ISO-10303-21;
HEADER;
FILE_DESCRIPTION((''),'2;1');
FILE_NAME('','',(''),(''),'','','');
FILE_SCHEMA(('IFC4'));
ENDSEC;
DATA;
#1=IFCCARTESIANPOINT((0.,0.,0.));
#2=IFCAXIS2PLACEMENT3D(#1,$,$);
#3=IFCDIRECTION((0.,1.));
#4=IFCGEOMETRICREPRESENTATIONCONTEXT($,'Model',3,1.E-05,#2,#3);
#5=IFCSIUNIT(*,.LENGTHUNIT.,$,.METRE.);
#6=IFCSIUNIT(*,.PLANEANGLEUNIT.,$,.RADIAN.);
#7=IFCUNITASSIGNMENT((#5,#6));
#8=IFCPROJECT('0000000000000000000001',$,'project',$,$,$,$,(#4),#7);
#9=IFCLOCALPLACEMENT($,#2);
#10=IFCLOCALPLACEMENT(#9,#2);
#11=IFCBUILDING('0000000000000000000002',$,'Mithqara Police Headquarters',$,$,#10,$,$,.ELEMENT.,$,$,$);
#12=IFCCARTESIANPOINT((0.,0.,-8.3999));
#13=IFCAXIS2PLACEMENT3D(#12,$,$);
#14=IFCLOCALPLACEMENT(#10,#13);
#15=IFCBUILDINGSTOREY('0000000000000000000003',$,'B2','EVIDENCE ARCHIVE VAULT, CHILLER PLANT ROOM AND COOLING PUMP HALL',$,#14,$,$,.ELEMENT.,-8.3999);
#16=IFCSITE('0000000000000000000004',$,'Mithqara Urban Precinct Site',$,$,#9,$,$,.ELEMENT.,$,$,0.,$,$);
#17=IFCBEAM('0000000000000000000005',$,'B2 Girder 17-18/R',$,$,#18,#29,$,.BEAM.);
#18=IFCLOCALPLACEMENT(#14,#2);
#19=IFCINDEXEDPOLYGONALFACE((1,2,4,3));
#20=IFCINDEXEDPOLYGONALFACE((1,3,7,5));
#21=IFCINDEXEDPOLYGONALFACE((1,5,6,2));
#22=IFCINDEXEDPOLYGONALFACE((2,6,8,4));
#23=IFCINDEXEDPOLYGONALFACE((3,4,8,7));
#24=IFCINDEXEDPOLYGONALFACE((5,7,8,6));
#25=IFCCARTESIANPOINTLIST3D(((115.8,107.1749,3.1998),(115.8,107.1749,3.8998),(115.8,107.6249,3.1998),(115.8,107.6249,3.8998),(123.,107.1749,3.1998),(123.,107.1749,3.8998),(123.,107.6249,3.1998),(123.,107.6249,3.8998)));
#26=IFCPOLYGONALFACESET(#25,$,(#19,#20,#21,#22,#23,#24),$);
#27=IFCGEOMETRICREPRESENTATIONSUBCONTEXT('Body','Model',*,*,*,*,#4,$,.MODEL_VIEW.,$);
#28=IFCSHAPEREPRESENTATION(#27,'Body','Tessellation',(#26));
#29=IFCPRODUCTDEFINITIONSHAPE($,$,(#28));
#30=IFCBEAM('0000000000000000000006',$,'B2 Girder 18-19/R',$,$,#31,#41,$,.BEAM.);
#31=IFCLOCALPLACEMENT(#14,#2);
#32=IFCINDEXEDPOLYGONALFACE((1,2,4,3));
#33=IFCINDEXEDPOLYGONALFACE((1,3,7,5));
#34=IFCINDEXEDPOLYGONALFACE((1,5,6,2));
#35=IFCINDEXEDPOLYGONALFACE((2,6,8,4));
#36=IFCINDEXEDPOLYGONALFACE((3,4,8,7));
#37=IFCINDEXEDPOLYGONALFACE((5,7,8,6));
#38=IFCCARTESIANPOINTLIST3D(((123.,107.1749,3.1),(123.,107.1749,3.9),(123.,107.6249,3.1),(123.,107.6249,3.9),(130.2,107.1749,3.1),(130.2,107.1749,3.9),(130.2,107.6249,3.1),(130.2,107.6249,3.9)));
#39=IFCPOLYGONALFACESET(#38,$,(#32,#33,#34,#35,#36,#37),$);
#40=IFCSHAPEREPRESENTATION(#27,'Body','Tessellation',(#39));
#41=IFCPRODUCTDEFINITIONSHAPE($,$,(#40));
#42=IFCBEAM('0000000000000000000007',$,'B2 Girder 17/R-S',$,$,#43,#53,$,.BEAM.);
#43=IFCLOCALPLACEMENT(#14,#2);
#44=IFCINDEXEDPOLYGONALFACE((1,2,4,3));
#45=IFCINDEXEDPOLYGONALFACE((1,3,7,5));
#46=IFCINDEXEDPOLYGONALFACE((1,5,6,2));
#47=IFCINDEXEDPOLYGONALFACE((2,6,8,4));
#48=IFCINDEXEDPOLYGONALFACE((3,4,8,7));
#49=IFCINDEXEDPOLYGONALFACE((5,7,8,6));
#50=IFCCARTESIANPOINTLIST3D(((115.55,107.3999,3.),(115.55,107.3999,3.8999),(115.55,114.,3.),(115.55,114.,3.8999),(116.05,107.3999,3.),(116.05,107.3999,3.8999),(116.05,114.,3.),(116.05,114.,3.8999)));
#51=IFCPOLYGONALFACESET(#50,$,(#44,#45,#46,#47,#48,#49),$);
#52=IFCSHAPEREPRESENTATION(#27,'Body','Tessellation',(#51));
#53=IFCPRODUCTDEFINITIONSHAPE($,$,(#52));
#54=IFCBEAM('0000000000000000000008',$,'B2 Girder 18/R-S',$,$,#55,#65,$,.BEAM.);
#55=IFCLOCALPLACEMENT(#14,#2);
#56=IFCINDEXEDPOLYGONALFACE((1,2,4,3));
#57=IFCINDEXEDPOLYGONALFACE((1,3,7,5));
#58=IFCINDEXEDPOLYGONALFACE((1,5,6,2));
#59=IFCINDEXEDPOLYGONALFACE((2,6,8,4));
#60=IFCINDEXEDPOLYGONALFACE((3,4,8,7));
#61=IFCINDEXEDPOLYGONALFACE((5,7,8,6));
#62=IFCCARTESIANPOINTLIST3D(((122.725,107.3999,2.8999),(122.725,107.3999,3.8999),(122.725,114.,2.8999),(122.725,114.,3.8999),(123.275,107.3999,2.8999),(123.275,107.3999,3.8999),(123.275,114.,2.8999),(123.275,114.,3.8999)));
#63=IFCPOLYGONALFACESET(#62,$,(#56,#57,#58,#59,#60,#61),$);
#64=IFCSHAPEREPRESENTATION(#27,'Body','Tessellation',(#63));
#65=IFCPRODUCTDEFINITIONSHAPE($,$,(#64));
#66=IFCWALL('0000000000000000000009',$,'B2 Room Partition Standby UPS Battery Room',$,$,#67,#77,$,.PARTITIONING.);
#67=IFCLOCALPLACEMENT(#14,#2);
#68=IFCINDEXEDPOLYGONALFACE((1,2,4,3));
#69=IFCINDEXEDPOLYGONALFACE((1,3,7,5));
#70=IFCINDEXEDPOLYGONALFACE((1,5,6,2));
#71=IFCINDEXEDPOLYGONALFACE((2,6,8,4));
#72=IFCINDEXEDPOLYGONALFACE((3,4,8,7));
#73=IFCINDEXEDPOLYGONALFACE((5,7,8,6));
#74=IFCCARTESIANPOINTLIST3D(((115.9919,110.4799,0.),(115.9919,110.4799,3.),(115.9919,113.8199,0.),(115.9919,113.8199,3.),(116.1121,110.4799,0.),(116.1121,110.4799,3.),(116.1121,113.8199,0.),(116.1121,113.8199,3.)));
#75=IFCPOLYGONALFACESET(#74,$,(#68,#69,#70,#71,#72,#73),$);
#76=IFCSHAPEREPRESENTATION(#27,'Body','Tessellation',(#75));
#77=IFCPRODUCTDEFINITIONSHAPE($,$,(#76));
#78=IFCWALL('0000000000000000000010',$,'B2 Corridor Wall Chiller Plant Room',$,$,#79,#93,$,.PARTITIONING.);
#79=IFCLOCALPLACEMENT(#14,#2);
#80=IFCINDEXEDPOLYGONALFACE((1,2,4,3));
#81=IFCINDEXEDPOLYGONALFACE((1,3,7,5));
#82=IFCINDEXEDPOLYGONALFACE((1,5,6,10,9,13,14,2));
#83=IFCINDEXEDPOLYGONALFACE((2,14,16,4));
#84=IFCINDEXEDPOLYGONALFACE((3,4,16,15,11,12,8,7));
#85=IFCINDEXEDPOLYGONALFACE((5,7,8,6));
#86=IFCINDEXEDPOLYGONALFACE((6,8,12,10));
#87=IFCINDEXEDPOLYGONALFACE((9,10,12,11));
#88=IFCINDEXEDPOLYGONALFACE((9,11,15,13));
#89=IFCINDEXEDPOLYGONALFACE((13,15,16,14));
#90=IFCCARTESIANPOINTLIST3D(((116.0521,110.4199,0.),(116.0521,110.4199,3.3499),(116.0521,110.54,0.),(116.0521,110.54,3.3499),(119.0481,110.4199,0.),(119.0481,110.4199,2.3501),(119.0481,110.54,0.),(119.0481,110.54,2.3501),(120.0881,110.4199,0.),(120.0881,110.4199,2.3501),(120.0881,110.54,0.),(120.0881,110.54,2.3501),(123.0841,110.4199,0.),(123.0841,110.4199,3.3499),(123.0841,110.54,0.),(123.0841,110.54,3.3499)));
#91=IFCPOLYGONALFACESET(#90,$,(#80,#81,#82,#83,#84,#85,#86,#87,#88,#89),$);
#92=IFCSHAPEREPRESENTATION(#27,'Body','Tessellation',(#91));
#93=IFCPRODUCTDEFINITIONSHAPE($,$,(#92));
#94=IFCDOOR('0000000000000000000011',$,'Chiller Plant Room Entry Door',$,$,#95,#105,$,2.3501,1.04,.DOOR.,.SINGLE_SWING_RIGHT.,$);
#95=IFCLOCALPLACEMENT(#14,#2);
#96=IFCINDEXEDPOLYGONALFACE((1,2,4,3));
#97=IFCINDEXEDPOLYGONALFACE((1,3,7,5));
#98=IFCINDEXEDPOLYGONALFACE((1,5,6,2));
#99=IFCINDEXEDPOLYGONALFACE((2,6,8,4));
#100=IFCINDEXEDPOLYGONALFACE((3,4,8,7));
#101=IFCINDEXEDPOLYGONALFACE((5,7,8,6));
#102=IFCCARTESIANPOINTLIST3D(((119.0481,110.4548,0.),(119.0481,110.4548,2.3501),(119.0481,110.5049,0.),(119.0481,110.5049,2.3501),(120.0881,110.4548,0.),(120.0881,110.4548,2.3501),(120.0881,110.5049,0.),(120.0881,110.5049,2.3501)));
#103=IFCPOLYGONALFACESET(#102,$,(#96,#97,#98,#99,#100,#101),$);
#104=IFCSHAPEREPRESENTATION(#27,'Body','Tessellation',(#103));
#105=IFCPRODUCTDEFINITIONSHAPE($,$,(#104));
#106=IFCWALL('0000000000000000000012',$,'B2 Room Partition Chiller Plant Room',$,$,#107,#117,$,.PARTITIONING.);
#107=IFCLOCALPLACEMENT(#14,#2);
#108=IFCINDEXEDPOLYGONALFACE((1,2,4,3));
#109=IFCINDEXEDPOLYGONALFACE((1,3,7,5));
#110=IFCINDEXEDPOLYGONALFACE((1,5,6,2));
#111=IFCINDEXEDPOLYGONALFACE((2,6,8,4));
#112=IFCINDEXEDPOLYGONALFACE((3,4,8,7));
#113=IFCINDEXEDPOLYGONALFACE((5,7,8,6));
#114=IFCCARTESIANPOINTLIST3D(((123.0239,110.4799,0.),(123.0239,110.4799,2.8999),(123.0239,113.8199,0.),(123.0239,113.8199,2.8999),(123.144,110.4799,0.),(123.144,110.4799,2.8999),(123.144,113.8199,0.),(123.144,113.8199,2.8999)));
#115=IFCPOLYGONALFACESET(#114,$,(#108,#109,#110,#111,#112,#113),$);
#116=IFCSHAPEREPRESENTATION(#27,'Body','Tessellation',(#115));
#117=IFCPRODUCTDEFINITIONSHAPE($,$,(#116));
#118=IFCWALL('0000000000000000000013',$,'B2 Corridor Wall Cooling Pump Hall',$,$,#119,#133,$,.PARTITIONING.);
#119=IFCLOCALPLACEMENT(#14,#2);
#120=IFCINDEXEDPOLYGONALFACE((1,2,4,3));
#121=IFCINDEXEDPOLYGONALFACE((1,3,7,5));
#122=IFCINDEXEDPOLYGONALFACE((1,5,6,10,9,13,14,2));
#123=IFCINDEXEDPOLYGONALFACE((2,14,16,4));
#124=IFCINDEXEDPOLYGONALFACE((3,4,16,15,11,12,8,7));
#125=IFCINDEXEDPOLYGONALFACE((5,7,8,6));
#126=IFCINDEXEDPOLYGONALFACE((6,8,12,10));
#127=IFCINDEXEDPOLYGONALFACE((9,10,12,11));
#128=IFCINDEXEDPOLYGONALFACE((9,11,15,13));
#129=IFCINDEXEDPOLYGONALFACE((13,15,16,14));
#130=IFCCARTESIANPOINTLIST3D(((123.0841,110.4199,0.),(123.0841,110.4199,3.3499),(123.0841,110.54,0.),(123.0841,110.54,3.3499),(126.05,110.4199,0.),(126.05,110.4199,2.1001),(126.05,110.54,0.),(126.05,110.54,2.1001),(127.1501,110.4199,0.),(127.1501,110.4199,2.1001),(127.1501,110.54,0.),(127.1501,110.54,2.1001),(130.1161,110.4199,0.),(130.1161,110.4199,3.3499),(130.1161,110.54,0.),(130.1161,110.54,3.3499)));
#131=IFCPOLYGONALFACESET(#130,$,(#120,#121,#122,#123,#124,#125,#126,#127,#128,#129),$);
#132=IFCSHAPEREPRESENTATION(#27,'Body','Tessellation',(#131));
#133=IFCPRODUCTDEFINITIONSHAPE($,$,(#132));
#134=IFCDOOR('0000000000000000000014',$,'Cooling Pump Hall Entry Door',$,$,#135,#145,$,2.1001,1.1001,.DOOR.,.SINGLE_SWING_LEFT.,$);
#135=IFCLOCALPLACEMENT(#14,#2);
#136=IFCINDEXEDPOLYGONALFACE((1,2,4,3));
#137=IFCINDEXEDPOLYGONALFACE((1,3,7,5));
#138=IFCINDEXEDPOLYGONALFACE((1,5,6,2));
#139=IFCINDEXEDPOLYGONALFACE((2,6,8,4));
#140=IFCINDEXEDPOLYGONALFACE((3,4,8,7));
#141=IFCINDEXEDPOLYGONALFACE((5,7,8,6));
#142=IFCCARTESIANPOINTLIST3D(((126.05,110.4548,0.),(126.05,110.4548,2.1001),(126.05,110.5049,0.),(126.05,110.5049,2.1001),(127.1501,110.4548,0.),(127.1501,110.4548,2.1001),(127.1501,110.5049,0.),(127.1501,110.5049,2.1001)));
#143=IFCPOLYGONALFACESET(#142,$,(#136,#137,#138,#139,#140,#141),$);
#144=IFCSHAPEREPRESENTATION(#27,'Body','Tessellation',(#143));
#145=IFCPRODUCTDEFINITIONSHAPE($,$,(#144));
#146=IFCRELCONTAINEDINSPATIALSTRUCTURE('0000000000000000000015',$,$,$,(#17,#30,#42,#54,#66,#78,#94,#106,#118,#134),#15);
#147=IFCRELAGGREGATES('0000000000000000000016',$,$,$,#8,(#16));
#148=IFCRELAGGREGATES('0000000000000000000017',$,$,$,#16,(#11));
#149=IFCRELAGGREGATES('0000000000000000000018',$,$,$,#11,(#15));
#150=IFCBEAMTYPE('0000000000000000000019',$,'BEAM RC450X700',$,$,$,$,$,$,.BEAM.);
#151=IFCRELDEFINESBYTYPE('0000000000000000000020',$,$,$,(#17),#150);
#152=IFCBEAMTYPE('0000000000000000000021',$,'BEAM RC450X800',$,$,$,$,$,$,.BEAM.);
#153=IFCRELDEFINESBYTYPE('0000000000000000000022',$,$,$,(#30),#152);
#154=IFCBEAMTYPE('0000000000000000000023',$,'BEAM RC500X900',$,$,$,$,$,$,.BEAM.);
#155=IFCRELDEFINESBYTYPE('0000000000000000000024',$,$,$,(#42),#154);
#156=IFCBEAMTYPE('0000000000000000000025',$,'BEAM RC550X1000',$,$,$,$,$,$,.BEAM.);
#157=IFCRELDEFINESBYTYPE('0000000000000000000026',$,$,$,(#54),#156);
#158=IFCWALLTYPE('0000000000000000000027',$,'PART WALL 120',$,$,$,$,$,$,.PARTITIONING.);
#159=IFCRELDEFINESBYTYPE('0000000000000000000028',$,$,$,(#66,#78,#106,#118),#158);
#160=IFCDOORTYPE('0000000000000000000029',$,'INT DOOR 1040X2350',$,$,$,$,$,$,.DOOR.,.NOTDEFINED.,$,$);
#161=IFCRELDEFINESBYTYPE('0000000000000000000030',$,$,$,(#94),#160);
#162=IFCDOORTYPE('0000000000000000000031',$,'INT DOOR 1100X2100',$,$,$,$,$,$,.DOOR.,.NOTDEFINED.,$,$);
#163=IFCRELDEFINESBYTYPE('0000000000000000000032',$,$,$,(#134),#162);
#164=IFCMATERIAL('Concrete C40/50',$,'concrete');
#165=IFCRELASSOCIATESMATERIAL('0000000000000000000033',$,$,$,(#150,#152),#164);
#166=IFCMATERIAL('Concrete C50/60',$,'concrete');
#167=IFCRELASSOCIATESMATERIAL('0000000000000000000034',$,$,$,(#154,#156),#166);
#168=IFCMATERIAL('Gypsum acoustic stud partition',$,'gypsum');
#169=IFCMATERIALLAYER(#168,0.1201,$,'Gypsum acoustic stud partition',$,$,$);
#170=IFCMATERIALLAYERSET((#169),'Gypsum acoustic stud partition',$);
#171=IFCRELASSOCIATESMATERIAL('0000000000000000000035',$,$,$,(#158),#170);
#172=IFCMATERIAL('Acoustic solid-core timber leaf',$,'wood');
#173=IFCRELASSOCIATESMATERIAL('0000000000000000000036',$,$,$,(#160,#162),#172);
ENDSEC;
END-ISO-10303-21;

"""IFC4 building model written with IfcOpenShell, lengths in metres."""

from ifc_helpers import new_model, si_unit, direction, frame, frame_2d, origin, origin_2d, place, context, subcontext, project, spatial, rectangle, extrude, material, layer, layer_set, material_profile, profile_set, type_object, element, fill, save


model = new_model("IFC4")

# Units and contexts
model_context = context("Model", 3, precision=1e-05, world=origin(), true_north=direction((0.0, 1.0)))
body_context = subcontext(model_context, "Body", "Model", "MODEL_VIEW")
ifc_project = project(units=[si_unit("LENGTHUNIT", "METRE"), si_unit("PLANEANGLEUNIT", "RADIAN")], contexts=[model_context])

# Site, building, storey
site_placement = place(None, origin())
site = spatial("IfcSite", under=ifc_project, at=site_placement, Name="Mithqara Urban Precinct Site", CompositionType="ELEMENT", RefElevation=0.0)
building_placement = place(site_placement, origin())
building = spatial("IfcBuilding", under=site, at=building_placement, Name="Mithqara Police Headquarters", CompositionType="ELEMENT")
storey_placement = place(building_placement, frame((0.0, 0.0, -8.3999)))
storey = spatial("IfcBuildingStorey", under=building, at=storey_placement, Name="B2", Description="EVIDENCE ARCHIVE VAULT, CHILLER PLANT ROOM AND COOLING PUMP HALL", CompositionType="ELEMENT", Elevation=-8.3999)

# Shared definitions
ifc_material_1 = material(Name="Concrete C40/50", Category="concrete")

# Shared definitions
ifc_material_2 = material(Name="Concrete C50/60", Category="concrete")

# Beams
ifc_material_profile_1 = material_profile(ifc_material_1, rectangle(XDim=0.45, YDim=0.7, at=origin_2d()), Name="RC 450x700")
ifc_profile_set_1 = profile_set([ifc_material_profile_1], Name="Concrete C40/50")
beam_type_1 = type_object("IfcBeamType", Name="BEAM RC450X700", PredefinedType="BEAM", material=ifc_profile_set_1)
beam_1_placement = place(storey_placement, frame((115.8, 107.3999, 3.5498), z_axis=(1.0, 0.0, 0.0), x_axis=(0.0, 1.0, 0.0)))
element("IfcBeam", 1, at=beam_1_placement, inside=storey, type_object=beam_type_1, Name="B2 Girder 17-18/R", PredefinedType="BEAM", context=body_context, shape_type="SweptSolid", body=[
    extrude(rectangle(XDim=0.45, YDim=0.7, at=origin_2d()), origin(), (0.0, 0.0, 1.0), 7.2),
])
ifc_material_profile_2 = material_profile(ifc_material_1, rectangle(XDim=0.45, YDim=0.8, at=origin_2d()), Name="RC 450x800")
ifc_profile_set_2 = profile_set([ifc_material_profile_2], Name="Concrete C40/50")
beam_type_2 = type_object("IfcBeamType", Name="BEAM RC450X800", PredefinedType="BEAM", material=ifc_profile_set_2)
beam_2_placement = place(storey_placement, frame((123.0, 107.3999, 3.5), z_axis=(1.0, 0.0, 0.0), x_axis=(0.0, 1.0, 0.0)))
element("IfcBeam", 2, at=beam_2_placement, inside=storey, type_object=beam_type_2, Name="B2 Girder 18-19/R", PredefinedType="BEAM", context=body_context, shape_type="SweptSolid", body=[
    extrude(rectangle(XDim=0.45, YDim=0.8, at=origin_2d()), origin(), (0.0, 0.0, 1.0), 7.2),
])
ifc_material_profile_3 = material_profile(ifc_material_2, rectangle(XDim=0.5, YDim=0.8999, at=origin_2d()), Name="RC 500x900")
ifc_profile_set_3 = profile_set([ifc_material_profile_3], Name="Concrete C50/60")
beam_type_3 = type_object("IfcBeamType", Name="BEAM RC500X900", PredefinedType="BEAM", material=ifc_profile_set_3)
beam_3_placement = place(storey_placement, frame((115.8, 107.3999, 3.45), z_axis=(0.0, 1.0, 0.0), x_axis=(-1.0, 0.0, 0.0)))
element("IfcBeam", 3, at=beam_3_placement, inside=storey, type_object=beam_type_3, Name="B2 Girder 17/R-S", PredefinedType="BEAM", context=body_context, shape_type="SweptSolid", body=[
    extrude(rectangle(XDim=0.5, YDim=0.8999, at=origin_2d()), origin(), (0.0, 0.0, 1.0), 6.6001),
])
ifc_material_profile_4 = material_profile(ifc_material_2, rectangle(XDim=0.55, YDim=1.0, at=origin_2d()), Name="RC 550x1000")
ifc_profile_set_4 = profile_set([ifc_material_profile_4], Name="Concrete C50/60")
beam_type_4 = type_object("IfcBeamType", Name="BEAM RC550X1000", PredefinedType="BEAM", material=ifc_profile_set_4)
beam_4_placement = place(storey_placement, frame((123.0, 107.3999, 3.3999), z_axis=(0.0, 1.0, 0.0), x_axis=(-1.0, 0.0, 0.0)))
element("IfcBeam", 4, at=beam_4_placement, inside=storey, type_object=beam_type_4, Name="B2 Girder 18/R-S", PredefinedType="BEAM", context=body_context, shape_type="SweptSolid", body=[
    extrude(rectangle(XDim=0.55, YDim=1.0, at=origin_2d()), origin(), (0.0, 0.0, 1.0), 6.6001),
])

# Wall
ifc_material_3 = material(Name="Gypsum acoustic stud partition", Category="gypsum")
ifc_layer = layer(ifc_material_3, 0.1201, Name="Gypsum acoustic stud partition")
ifc_layer_set = layer_set([ifc_layer], Name="Gypsum acoustic stud partition")
wall_type = type_object("IfcWallType", Name="PART WALL 120", PredefinedType="PARTITIONING", material=ifc_layer_set)
wall_1_placement = place(storey_placement, frame((116.052, 110.48, 0.0), z_axis=(0.0, 0.0, 1.0), x_axis=(0.0, 1.0, 0.0)))
element("IfcWall", 5, at=wall_1_placement, inside=storey, type_object=wall_type, Name="B2 Room Partition Standby UPS Battery Room", PredefinedType="PARTITIONING", context=body_context, shape_type="SweptSolid", body=[
    extrude(rectangle(XDim=3.3401, YDim=0.1201, at=frame_2d((1.6699, 0.0))), origin(), (0.0, 0.0, 1.0), 3.0),
])

# Wall, opening, door
wall_2_placement = place(storey_placement, frame((116.052, 110.48, 0.0), z_axis=(0.0, 0.0, 1.0), x_axis=(1.0, 0.0, 0.0)))
wall_2 = element("IfcWall", 6, at=wall_2_placement, inside=storey, type_object=wall_type, Name="B2 Corridor Wall Chiller Plant Room", PredefinedType="PARTITIONING", context=body_context, shape_type="SweptSolid", body=[
    extrude(rectangle(XDim=7.032, YDim=0.1201, at=frame_2d((3.5161, 0.0))), origin(), (0.0, 0.0, 1.0), 3.3499),
])
opening_1_placement = place(wall_2_placement, frame((2.9961, 0.0, 0.0)))
opening_1 = element("IfcOpeningElement", 7, at=opening_1_placement, cuts=wall_2, PredefinedType="OPENING", context=body_context, shape_type="SweptSolid", body=[
    extrude(rectangle(XDim=1.04, YDim=2.3501, at=frame_2d((0.52, 1.175))), frame((0.0, 0.0701, 0.0), z_axis=(0.0, -1.0, 0.0), x_axis=(1.0, 0.0, 0.0)), (0.0, 0.0, 1.0), 0.1401),
])
ifc_material_4 = material(Name="Acoustic solid-core timber leaf", Category="wood")
door_type_1 = type_object("IfcDoorType", Name="INT DOOR 1040X2350", OperationType="NOTDEFINED", PredefinedType="DOOR", material=ifc_material_4)
door_1_placement = place(opening_1_placement, origin())
door_1 = element("IfcDoor", 8, at=door_1_placement, inside=storey, type_object=door_type_1, Name="Chiller Plant Room Entry Door", OperationType="SINGLE_SWING_RIGHT", OverallHeight=2.3501, OverallWidth=1.04, PredefinedType="DOOR", context=body_context, shape_type="SweptSolid", body=[
    extrude(rectangle(XDim=1.04, YDim=2.3501, at=frame_2d((0.52, 1.175))), frame((0.0, 0.0249, 0.0), z_axis=(0.0, -1.0, 0.0), x_axis=(1.0, 0.0, 0.0)), (0.0, 0.0, 1.0), 0.05),
])
fill(opening_1, door_1)

# Wall
wall_3_placement = place(storey_placement, frame((123.084, 110.48, 0.0), z_axis=(0.0, 0.0, 1.0), x_axis=(0.0, 1.0, 0.0)))
element("IfcWall", 9, at=wall_3_placement, inside=storey, type_object=wall_type, Name="B2 Room Partition Chiller Plant Room", PredefinedType="PARTITIONING", context=body_context, shape_type="SweptSolid", body=[
    extrude(rectangle(XDim=3.3401, YDim=0.1201, at=frame_2d((1.6699, 0.0))), origin(), (0.0, 0.0, 1.0), 2.8999),
])

# Wall, opening, door
wall_4_placement = place(storey_placement, frame((123.084, 110.48, 0.0), z_axis=(0.0, 0.0, 1.0), x_axis=(1.0, 0.0, 0.0)))
wall_4 = element("IfcWall", 10, at=wall_4_placement, inside=storey, type_object=wall_type, Name="B2 Corridor Wall Cooling Pump Hall", PredefinedType="PARTITIONING", context=body_context, shape_type="SweptSolid", body=[
    extrude(rectangle(XDim=7.032, YDim=0.1201, at=frame_2d((3.5161, 0.0))), origin(), (0.0, 0.0, 1.0), 3.3499),
])
opening_2_placement = place(wall_4_placement, frame((2.9661, 0.0, 0.0)))
opening_2 = element("IfcOpeningElement", 11, at=opening_2_placement, cuts=wall_4, PredefinedType="OPENING", context=body_context, shape_type="SweptSolid", body=[
    extrude(rectangle(XDim=1.1001, YDim=2.1001, at=frame_2d((0.55, 1.05))), frame((0.0, 0.0701, 0.0), z_axis=(0.0, -1.0, 0.0), x_axis=(1.0, 0.0, 0.0)), (0.0, 0.0, 1.0), 0.1401),
])
door_type_2 = type_object("IfcDoorType", Name="INT DOOR 1100X2100", OperationType="NOTDEFINED", PredefinedType="DOOR", material=ifc_material_4)
door_2_placement = place(opening_2_placement, origin())
door_2 = element("IfcDoor", 12, at=door_2_placement, inside=storey, type_object=door_type_2, Name="Cooling Pump Hall Entry Door", OperationType="SINGLE_SWING_LEFT", OverallHeight=2.1001, OverallWidth=1.1001, PredefinedType="DOOR", context=body_context, shape_type="SweptSolid", body=[
    extrude(rectangle(XDim=1.1001, YDim=2.1001, at=frame_2d((0.55, 1.05))), frame((0.0, 0.0249, 0.0), z_axis=(0.0, -1.0, 0.0), x_axis=(1.0, 0.0, 0.0)), (0.0, 0.0, 1.0), 0.05),
])
fill(opening_2, door_2)

save(model, "model.ifc")
